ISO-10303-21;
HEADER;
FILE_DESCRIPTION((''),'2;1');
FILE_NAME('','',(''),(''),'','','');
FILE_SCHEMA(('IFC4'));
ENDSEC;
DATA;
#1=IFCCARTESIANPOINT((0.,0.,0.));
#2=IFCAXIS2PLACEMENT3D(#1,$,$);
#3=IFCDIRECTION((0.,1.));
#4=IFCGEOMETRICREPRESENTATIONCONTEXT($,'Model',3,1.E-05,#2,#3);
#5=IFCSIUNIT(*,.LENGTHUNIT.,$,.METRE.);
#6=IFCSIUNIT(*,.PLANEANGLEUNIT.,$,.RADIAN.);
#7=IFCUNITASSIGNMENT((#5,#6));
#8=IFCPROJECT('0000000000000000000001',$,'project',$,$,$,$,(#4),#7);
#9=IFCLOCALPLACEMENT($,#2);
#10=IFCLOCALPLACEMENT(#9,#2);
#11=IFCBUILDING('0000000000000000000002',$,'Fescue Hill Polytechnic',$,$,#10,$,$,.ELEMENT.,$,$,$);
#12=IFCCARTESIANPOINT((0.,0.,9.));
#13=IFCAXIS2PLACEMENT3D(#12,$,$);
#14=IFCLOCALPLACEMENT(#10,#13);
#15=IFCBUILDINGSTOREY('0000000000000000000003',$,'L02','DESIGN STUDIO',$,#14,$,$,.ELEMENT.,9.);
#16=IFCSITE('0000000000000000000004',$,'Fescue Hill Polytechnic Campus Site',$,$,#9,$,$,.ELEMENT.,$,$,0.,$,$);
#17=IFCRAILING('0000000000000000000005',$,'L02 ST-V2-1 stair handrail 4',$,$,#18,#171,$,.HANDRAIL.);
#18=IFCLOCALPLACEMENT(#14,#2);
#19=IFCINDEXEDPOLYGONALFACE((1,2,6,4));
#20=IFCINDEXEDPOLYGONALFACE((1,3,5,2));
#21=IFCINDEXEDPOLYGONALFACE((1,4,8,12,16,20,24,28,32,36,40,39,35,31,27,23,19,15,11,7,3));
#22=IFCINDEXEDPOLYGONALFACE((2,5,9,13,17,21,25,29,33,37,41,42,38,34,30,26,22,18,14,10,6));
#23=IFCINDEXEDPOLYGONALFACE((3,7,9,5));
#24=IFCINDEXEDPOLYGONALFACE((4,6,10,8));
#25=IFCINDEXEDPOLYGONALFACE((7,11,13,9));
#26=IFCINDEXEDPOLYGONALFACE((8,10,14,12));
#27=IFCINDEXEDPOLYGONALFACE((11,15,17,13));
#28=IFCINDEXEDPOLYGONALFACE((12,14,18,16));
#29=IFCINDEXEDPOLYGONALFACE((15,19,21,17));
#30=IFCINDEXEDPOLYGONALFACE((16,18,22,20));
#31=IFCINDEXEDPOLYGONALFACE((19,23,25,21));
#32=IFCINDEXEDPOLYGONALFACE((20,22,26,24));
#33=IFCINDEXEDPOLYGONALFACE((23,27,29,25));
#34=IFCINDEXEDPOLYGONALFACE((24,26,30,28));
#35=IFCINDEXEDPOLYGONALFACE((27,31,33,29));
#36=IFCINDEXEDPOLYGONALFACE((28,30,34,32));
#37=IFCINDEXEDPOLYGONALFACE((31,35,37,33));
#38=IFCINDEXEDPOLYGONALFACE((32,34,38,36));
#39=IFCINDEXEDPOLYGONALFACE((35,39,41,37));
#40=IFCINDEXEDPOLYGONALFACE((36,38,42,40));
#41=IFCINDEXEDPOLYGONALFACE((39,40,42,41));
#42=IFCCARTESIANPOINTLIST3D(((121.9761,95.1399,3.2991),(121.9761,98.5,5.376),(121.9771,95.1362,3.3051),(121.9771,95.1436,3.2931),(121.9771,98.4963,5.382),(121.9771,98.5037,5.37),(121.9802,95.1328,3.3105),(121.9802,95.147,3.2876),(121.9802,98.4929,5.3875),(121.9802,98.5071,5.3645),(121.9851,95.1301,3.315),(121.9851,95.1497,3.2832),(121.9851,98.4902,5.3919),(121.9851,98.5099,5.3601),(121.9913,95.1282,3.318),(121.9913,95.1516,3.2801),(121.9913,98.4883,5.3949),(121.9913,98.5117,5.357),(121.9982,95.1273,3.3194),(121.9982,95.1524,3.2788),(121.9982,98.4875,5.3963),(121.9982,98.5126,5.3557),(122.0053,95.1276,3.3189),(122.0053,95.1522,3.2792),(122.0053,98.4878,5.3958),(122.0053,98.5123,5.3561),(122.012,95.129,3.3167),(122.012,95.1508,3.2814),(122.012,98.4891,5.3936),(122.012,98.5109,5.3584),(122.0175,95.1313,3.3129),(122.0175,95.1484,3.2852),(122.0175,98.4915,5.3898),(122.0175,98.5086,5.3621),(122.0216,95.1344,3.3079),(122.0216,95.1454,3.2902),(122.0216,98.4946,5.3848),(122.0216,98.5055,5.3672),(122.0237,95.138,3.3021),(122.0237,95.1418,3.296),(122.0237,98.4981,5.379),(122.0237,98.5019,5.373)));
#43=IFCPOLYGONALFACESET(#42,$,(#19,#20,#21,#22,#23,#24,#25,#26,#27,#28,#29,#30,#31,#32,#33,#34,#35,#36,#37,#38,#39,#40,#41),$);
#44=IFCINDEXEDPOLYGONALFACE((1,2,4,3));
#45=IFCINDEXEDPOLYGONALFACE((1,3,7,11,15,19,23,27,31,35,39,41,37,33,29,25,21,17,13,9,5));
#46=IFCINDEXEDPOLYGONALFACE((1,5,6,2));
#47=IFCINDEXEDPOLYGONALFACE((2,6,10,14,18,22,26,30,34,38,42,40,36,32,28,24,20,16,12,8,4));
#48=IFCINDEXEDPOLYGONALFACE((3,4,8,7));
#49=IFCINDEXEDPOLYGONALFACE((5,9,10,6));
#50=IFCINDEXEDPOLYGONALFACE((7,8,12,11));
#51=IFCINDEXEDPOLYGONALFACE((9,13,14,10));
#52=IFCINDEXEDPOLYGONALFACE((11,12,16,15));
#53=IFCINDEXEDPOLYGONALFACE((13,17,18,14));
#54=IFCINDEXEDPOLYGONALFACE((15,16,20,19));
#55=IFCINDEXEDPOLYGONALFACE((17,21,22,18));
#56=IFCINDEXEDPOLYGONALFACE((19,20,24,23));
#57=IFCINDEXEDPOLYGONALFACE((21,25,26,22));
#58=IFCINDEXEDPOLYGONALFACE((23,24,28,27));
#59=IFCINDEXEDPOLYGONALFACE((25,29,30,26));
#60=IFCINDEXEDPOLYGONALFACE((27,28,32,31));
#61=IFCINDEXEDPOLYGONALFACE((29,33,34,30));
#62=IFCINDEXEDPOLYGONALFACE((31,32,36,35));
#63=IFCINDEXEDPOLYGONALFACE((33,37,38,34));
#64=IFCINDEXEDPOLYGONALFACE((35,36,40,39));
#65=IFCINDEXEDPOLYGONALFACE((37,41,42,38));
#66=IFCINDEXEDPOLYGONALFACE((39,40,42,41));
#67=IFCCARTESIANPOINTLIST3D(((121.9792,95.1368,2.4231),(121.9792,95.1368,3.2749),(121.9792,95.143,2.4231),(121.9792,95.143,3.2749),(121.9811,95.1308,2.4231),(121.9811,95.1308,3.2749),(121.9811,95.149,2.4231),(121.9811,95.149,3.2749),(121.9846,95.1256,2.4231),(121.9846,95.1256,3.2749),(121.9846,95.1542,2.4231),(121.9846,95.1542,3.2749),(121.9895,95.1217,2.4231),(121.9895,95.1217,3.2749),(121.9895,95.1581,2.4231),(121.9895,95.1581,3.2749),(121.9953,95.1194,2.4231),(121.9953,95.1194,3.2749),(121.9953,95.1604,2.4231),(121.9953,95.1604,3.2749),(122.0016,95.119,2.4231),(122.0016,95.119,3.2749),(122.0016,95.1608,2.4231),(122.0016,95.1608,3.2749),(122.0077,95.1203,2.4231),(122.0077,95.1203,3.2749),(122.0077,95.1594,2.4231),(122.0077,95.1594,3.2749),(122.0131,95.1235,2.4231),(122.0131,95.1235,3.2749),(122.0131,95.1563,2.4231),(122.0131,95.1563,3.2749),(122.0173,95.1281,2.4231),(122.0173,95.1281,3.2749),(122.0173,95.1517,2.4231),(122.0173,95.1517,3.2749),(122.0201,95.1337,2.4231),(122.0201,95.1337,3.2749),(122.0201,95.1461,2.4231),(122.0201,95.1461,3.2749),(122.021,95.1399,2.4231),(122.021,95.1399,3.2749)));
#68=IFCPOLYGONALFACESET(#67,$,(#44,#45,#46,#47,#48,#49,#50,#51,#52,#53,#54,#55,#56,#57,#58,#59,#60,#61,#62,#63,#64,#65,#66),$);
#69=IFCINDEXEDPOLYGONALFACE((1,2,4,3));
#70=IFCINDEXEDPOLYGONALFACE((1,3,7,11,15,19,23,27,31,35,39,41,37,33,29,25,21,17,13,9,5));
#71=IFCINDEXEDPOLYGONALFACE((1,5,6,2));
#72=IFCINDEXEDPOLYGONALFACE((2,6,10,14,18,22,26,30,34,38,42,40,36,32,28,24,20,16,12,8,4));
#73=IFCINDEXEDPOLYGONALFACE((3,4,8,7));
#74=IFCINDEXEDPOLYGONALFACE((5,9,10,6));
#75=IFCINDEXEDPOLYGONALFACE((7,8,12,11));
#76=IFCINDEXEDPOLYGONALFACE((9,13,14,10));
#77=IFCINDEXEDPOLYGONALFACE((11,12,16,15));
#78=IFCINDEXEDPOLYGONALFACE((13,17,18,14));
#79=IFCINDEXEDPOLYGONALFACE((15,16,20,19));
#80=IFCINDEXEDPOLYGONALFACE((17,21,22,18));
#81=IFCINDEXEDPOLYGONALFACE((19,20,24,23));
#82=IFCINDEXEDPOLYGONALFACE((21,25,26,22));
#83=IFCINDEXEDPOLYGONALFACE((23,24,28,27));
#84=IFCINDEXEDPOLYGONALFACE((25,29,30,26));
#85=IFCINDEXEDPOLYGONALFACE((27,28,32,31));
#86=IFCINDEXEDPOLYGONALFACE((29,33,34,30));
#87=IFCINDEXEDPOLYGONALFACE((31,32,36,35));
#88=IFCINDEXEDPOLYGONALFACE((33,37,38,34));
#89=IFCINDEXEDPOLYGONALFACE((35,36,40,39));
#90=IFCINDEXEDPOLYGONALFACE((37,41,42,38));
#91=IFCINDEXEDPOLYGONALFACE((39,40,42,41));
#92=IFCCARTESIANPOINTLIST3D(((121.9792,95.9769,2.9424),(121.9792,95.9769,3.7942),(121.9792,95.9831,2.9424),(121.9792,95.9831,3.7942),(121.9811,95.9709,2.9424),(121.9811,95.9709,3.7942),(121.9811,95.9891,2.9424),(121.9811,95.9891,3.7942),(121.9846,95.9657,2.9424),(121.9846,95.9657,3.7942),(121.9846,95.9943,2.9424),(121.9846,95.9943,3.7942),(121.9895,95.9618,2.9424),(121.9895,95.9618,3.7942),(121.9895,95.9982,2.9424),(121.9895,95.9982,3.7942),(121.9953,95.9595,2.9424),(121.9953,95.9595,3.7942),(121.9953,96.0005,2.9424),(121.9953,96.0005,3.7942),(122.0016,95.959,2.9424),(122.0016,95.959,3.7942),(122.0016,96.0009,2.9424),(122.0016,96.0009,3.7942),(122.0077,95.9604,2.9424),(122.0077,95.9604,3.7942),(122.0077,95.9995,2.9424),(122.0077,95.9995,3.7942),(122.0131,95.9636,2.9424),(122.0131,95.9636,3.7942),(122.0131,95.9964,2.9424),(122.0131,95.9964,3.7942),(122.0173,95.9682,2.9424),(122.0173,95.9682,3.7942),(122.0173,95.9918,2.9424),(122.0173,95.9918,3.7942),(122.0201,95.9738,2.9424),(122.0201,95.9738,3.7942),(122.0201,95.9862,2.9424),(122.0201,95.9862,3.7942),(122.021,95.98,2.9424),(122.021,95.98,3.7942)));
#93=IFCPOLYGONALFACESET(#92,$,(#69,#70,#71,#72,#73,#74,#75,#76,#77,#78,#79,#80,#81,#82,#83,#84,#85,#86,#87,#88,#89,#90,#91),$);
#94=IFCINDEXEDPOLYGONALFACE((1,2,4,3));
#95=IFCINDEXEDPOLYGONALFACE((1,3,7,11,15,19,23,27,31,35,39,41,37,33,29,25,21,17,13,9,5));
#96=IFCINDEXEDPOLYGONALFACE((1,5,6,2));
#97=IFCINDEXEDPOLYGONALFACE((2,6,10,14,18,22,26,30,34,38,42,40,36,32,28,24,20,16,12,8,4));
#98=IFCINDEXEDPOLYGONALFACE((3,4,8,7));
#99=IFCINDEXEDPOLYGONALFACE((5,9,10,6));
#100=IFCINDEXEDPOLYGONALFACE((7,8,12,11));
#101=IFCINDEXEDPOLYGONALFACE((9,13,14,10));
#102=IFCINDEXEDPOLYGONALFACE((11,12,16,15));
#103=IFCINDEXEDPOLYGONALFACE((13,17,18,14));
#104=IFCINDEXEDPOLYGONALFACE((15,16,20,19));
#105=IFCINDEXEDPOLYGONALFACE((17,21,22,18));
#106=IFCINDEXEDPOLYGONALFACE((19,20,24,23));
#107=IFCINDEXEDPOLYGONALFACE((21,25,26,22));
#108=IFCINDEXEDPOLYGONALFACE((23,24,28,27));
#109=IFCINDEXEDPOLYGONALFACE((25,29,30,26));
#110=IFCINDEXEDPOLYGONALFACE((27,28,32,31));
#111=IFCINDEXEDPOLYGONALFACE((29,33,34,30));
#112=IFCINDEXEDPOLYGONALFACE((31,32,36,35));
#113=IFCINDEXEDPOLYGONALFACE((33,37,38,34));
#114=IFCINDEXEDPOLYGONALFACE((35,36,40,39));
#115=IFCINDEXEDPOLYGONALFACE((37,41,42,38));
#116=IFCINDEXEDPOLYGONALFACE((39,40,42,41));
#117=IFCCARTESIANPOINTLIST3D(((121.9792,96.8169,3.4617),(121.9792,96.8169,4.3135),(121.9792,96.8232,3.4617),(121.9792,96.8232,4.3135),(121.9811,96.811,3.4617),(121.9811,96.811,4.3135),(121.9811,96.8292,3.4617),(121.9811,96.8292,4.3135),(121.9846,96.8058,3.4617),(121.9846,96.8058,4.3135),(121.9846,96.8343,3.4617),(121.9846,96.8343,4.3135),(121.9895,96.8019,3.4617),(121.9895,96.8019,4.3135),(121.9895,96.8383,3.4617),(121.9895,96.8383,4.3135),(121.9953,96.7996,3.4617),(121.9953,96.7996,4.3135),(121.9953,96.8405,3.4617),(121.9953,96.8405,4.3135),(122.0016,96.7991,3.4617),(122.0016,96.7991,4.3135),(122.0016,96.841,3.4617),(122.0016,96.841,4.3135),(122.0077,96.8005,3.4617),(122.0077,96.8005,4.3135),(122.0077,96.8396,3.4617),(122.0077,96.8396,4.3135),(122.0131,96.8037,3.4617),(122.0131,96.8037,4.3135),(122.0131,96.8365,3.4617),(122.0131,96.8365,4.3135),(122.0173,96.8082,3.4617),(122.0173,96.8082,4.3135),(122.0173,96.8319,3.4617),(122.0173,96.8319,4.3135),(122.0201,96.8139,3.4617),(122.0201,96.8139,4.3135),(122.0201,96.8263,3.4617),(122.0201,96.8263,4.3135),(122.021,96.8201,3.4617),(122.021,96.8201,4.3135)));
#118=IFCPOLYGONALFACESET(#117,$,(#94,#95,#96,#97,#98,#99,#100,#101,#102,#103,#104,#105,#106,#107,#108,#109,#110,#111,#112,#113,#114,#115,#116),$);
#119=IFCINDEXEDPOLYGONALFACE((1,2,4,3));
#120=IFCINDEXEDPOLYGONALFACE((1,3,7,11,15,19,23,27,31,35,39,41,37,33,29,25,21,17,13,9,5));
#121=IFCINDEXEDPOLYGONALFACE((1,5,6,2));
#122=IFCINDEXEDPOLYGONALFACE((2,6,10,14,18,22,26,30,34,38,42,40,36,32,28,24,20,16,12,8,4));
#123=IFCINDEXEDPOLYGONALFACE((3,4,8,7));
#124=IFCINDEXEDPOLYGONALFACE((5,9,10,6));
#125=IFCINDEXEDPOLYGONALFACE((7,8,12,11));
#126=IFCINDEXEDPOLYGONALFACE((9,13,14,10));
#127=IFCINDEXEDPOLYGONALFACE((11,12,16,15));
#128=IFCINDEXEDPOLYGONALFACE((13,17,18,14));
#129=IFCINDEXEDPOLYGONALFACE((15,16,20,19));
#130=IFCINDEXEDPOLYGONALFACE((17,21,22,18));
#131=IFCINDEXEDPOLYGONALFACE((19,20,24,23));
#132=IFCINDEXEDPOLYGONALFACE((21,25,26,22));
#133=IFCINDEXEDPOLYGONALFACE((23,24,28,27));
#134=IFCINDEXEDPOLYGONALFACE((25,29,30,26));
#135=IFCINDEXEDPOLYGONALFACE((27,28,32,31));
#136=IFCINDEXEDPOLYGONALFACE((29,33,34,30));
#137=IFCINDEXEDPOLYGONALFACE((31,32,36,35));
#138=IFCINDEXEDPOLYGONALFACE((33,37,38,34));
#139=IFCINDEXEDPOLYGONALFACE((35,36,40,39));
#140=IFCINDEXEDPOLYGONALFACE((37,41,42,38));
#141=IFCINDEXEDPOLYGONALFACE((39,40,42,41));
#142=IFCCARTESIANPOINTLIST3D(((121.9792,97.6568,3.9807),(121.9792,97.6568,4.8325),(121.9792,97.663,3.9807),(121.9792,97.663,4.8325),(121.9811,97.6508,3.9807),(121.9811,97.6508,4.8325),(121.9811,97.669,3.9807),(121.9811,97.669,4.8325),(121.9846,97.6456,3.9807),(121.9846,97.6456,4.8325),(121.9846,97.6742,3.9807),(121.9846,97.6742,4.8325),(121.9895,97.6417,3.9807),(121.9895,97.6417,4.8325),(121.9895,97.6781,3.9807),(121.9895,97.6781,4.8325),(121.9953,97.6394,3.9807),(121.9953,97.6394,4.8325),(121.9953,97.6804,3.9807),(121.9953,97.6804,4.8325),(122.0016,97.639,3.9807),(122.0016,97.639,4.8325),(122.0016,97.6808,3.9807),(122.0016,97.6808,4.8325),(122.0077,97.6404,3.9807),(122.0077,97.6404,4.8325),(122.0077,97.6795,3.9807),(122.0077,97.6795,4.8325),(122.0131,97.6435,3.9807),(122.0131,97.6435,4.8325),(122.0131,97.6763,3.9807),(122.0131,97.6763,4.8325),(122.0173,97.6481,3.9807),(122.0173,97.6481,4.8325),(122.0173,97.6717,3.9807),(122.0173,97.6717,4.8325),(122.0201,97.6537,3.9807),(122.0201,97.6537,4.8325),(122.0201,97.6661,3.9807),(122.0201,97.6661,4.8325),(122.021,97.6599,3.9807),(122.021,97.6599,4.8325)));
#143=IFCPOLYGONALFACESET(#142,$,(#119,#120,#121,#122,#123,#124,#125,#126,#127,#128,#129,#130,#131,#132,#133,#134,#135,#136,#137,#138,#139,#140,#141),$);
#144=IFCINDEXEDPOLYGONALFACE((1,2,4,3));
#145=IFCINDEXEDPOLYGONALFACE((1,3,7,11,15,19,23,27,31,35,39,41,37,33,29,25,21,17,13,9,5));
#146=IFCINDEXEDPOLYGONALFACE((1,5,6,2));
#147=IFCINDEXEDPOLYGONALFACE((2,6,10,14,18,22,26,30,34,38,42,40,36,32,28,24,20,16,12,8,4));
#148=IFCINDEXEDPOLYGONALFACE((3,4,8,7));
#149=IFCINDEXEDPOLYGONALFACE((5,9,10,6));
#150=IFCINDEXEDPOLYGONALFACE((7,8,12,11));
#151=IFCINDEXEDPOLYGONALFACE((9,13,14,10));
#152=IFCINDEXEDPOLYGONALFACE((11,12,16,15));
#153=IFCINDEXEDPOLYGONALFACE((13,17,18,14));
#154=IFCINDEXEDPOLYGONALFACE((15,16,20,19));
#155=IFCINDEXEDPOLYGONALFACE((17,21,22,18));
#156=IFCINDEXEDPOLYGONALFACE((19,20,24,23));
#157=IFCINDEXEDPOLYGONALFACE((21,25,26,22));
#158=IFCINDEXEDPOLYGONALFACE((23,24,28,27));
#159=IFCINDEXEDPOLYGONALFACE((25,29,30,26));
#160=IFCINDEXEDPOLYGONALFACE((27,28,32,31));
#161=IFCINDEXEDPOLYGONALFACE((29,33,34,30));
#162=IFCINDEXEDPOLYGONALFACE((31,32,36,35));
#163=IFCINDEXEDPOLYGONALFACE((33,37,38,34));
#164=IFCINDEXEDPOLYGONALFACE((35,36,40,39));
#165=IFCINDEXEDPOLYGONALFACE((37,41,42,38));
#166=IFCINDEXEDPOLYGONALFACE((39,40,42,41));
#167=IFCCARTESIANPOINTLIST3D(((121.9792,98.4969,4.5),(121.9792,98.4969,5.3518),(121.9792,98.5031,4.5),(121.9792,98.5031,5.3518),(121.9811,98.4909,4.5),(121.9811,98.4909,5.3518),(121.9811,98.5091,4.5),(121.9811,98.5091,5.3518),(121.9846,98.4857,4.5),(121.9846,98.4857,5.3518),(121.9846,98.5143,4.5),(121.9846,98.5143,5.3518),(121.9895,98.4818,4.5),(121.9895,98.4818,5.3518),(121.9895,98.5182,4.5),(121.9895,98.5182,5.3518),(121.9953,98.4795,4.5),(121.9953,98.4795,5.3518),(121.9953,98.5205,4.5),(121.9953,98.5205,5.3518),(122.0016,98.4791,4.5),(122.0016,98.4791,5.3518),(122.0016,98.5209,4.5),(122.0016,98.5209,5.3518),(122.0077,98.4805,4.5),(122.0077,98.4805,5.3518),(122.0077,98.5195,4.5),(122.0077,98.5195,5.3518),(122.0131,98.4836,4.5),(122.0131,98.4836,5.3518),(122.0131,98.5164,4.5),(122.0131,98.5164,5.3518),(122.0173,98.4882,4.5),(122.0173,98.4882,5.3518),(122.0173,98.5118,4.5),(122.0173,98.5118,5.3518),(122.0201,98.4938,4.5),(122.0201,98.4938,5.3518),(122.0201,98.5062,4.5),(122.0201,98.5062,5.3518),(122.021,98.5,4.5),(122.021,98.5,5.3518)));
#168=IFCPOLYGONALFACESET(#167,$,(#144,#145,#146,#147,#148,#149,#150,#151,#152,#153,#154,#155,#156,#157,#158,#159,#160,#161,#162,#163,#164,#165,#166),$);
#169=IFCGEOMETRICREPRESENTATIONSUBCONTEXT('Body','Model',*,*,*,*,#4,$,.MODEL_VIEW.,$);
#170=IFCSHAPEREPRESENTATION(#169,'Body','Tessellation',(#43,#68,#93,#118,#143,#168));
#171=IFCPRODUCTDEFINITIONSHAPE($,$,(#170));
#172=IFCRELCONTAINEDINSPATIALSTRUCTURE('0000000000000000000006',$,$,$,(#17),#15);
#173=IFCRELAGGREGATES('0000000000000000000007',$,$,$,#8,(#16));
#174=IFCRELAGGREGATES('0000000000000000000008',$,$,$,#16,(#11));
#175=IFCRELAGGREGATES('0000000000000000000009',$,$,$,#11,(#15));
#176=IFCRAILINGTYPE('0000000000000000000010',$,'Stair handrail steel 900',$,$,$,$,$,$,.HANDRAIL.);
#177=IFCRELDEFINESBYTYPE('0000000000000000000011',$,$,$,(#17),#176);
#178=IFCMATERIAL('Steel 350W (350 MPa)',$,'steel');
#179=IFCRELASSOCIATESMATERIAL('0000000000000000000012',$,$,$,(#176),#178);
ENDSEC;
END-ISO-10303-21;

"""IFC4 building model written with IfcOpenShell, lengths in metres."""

from ifc_helpers import new_model, si_unit, direction, frame, origin, origin_2d, place, context, subcontext, project, spatial, circle, extrude, material, type_object, element, save


model = new_model("IFC4")

# Units and contexts
model_context = context("Model", 3, precision=1e-05, world=origin(), true_north=direction((0.0, 1.0)))
body_context = subcontext(model_context, "Body", "Model", "MODEL_VIEW")
ifc_project = project(units=[si_unit("LENGTHUNIT", "METRE"), si_unit("PLANEANGLEUNIT", "RADIAN")], contexts=[model_context])

# Site, building, storey
site_placement = place(None, origin())
site = spatial("IfcSite", under=ifc_project, at=site_placement, Name="Fescue Hill Polytechnic Campus Site", CompositionType="ELEMENT", RefElevation=0.0)
building_placement = place(site_placement, origin())
building = spatial("IfcBuilding", under=site, at=building_placement, Name="Fescue Hill Polytechnic", CompositionType="ELEMENT")
storey_placement = place(building_placement, frame((0.0, 0.0, 9.0)))
storey = spatial("IfcBuildingStorey", under=building, at=storey_placement, Name="L02", Description="DESIGN STUDIO", CompositionType="ELEMENT", Elevation=9.0)

# Railing
ifc_material_1 = material(Name="Steel 350W (350 MPa)", Category="steel")
railing_type = type_object("IfcRailingType", Name="Stair handrail steel 900", PredefinedType="HANDRAIL", material=ifc_material_1)
for number, where, name in (
    (1, (122.0, 95.1399, 2.4231), "L02 ST-V2-1 stair handrail 4"),
):
    element("IfcRailing", number, at=place(storey_placement, frame(where)), inside=storey, type_object=railing_type, Name=name, PredefinedType="HANDRAIL", context=body_context, shape_type="SweptSolid", body=[
        extrude(circle(Radius=0.0239, at=origin_2d()), frame((0.0, 0.0, 0.876), z_axis=(0.0, 0.850623, 0.525776), x_axis=(-1.0, 0.0, 0.0)), (0.0, 0.0, 1.0), 3.9502),
        extrude(circle(Radius=0.021, at=origin_2d()), origin(), (0.0, 0.0, 1.0), 0.8518),
        extrude(circle(Radius=0.021, at=origin_2d()), frame((0.0, 0.8401, 0.5193)), (0.0, 0.0, 1.0), 0.8518),
        extrude(circle(Radius=0.021, at=origin_2d()), frame((0.0, 1.6802, 1.0386)), (0.0, 0.0, 1.0), 0.8518),
        extrude(circle(Radius=0.021, at=origin_2d()), frame((0.0, 2.52, 1.5576)), (0.0, 0.0, 1.0), 0.8518),
        extrude(circle(Radius=0.021, at=origin_2d()), frame((0.0, 3.3601, 2.0769)), (0.0, 0.0, 1.0), 0.8518),
    ])

save(model, "model.ifc")
